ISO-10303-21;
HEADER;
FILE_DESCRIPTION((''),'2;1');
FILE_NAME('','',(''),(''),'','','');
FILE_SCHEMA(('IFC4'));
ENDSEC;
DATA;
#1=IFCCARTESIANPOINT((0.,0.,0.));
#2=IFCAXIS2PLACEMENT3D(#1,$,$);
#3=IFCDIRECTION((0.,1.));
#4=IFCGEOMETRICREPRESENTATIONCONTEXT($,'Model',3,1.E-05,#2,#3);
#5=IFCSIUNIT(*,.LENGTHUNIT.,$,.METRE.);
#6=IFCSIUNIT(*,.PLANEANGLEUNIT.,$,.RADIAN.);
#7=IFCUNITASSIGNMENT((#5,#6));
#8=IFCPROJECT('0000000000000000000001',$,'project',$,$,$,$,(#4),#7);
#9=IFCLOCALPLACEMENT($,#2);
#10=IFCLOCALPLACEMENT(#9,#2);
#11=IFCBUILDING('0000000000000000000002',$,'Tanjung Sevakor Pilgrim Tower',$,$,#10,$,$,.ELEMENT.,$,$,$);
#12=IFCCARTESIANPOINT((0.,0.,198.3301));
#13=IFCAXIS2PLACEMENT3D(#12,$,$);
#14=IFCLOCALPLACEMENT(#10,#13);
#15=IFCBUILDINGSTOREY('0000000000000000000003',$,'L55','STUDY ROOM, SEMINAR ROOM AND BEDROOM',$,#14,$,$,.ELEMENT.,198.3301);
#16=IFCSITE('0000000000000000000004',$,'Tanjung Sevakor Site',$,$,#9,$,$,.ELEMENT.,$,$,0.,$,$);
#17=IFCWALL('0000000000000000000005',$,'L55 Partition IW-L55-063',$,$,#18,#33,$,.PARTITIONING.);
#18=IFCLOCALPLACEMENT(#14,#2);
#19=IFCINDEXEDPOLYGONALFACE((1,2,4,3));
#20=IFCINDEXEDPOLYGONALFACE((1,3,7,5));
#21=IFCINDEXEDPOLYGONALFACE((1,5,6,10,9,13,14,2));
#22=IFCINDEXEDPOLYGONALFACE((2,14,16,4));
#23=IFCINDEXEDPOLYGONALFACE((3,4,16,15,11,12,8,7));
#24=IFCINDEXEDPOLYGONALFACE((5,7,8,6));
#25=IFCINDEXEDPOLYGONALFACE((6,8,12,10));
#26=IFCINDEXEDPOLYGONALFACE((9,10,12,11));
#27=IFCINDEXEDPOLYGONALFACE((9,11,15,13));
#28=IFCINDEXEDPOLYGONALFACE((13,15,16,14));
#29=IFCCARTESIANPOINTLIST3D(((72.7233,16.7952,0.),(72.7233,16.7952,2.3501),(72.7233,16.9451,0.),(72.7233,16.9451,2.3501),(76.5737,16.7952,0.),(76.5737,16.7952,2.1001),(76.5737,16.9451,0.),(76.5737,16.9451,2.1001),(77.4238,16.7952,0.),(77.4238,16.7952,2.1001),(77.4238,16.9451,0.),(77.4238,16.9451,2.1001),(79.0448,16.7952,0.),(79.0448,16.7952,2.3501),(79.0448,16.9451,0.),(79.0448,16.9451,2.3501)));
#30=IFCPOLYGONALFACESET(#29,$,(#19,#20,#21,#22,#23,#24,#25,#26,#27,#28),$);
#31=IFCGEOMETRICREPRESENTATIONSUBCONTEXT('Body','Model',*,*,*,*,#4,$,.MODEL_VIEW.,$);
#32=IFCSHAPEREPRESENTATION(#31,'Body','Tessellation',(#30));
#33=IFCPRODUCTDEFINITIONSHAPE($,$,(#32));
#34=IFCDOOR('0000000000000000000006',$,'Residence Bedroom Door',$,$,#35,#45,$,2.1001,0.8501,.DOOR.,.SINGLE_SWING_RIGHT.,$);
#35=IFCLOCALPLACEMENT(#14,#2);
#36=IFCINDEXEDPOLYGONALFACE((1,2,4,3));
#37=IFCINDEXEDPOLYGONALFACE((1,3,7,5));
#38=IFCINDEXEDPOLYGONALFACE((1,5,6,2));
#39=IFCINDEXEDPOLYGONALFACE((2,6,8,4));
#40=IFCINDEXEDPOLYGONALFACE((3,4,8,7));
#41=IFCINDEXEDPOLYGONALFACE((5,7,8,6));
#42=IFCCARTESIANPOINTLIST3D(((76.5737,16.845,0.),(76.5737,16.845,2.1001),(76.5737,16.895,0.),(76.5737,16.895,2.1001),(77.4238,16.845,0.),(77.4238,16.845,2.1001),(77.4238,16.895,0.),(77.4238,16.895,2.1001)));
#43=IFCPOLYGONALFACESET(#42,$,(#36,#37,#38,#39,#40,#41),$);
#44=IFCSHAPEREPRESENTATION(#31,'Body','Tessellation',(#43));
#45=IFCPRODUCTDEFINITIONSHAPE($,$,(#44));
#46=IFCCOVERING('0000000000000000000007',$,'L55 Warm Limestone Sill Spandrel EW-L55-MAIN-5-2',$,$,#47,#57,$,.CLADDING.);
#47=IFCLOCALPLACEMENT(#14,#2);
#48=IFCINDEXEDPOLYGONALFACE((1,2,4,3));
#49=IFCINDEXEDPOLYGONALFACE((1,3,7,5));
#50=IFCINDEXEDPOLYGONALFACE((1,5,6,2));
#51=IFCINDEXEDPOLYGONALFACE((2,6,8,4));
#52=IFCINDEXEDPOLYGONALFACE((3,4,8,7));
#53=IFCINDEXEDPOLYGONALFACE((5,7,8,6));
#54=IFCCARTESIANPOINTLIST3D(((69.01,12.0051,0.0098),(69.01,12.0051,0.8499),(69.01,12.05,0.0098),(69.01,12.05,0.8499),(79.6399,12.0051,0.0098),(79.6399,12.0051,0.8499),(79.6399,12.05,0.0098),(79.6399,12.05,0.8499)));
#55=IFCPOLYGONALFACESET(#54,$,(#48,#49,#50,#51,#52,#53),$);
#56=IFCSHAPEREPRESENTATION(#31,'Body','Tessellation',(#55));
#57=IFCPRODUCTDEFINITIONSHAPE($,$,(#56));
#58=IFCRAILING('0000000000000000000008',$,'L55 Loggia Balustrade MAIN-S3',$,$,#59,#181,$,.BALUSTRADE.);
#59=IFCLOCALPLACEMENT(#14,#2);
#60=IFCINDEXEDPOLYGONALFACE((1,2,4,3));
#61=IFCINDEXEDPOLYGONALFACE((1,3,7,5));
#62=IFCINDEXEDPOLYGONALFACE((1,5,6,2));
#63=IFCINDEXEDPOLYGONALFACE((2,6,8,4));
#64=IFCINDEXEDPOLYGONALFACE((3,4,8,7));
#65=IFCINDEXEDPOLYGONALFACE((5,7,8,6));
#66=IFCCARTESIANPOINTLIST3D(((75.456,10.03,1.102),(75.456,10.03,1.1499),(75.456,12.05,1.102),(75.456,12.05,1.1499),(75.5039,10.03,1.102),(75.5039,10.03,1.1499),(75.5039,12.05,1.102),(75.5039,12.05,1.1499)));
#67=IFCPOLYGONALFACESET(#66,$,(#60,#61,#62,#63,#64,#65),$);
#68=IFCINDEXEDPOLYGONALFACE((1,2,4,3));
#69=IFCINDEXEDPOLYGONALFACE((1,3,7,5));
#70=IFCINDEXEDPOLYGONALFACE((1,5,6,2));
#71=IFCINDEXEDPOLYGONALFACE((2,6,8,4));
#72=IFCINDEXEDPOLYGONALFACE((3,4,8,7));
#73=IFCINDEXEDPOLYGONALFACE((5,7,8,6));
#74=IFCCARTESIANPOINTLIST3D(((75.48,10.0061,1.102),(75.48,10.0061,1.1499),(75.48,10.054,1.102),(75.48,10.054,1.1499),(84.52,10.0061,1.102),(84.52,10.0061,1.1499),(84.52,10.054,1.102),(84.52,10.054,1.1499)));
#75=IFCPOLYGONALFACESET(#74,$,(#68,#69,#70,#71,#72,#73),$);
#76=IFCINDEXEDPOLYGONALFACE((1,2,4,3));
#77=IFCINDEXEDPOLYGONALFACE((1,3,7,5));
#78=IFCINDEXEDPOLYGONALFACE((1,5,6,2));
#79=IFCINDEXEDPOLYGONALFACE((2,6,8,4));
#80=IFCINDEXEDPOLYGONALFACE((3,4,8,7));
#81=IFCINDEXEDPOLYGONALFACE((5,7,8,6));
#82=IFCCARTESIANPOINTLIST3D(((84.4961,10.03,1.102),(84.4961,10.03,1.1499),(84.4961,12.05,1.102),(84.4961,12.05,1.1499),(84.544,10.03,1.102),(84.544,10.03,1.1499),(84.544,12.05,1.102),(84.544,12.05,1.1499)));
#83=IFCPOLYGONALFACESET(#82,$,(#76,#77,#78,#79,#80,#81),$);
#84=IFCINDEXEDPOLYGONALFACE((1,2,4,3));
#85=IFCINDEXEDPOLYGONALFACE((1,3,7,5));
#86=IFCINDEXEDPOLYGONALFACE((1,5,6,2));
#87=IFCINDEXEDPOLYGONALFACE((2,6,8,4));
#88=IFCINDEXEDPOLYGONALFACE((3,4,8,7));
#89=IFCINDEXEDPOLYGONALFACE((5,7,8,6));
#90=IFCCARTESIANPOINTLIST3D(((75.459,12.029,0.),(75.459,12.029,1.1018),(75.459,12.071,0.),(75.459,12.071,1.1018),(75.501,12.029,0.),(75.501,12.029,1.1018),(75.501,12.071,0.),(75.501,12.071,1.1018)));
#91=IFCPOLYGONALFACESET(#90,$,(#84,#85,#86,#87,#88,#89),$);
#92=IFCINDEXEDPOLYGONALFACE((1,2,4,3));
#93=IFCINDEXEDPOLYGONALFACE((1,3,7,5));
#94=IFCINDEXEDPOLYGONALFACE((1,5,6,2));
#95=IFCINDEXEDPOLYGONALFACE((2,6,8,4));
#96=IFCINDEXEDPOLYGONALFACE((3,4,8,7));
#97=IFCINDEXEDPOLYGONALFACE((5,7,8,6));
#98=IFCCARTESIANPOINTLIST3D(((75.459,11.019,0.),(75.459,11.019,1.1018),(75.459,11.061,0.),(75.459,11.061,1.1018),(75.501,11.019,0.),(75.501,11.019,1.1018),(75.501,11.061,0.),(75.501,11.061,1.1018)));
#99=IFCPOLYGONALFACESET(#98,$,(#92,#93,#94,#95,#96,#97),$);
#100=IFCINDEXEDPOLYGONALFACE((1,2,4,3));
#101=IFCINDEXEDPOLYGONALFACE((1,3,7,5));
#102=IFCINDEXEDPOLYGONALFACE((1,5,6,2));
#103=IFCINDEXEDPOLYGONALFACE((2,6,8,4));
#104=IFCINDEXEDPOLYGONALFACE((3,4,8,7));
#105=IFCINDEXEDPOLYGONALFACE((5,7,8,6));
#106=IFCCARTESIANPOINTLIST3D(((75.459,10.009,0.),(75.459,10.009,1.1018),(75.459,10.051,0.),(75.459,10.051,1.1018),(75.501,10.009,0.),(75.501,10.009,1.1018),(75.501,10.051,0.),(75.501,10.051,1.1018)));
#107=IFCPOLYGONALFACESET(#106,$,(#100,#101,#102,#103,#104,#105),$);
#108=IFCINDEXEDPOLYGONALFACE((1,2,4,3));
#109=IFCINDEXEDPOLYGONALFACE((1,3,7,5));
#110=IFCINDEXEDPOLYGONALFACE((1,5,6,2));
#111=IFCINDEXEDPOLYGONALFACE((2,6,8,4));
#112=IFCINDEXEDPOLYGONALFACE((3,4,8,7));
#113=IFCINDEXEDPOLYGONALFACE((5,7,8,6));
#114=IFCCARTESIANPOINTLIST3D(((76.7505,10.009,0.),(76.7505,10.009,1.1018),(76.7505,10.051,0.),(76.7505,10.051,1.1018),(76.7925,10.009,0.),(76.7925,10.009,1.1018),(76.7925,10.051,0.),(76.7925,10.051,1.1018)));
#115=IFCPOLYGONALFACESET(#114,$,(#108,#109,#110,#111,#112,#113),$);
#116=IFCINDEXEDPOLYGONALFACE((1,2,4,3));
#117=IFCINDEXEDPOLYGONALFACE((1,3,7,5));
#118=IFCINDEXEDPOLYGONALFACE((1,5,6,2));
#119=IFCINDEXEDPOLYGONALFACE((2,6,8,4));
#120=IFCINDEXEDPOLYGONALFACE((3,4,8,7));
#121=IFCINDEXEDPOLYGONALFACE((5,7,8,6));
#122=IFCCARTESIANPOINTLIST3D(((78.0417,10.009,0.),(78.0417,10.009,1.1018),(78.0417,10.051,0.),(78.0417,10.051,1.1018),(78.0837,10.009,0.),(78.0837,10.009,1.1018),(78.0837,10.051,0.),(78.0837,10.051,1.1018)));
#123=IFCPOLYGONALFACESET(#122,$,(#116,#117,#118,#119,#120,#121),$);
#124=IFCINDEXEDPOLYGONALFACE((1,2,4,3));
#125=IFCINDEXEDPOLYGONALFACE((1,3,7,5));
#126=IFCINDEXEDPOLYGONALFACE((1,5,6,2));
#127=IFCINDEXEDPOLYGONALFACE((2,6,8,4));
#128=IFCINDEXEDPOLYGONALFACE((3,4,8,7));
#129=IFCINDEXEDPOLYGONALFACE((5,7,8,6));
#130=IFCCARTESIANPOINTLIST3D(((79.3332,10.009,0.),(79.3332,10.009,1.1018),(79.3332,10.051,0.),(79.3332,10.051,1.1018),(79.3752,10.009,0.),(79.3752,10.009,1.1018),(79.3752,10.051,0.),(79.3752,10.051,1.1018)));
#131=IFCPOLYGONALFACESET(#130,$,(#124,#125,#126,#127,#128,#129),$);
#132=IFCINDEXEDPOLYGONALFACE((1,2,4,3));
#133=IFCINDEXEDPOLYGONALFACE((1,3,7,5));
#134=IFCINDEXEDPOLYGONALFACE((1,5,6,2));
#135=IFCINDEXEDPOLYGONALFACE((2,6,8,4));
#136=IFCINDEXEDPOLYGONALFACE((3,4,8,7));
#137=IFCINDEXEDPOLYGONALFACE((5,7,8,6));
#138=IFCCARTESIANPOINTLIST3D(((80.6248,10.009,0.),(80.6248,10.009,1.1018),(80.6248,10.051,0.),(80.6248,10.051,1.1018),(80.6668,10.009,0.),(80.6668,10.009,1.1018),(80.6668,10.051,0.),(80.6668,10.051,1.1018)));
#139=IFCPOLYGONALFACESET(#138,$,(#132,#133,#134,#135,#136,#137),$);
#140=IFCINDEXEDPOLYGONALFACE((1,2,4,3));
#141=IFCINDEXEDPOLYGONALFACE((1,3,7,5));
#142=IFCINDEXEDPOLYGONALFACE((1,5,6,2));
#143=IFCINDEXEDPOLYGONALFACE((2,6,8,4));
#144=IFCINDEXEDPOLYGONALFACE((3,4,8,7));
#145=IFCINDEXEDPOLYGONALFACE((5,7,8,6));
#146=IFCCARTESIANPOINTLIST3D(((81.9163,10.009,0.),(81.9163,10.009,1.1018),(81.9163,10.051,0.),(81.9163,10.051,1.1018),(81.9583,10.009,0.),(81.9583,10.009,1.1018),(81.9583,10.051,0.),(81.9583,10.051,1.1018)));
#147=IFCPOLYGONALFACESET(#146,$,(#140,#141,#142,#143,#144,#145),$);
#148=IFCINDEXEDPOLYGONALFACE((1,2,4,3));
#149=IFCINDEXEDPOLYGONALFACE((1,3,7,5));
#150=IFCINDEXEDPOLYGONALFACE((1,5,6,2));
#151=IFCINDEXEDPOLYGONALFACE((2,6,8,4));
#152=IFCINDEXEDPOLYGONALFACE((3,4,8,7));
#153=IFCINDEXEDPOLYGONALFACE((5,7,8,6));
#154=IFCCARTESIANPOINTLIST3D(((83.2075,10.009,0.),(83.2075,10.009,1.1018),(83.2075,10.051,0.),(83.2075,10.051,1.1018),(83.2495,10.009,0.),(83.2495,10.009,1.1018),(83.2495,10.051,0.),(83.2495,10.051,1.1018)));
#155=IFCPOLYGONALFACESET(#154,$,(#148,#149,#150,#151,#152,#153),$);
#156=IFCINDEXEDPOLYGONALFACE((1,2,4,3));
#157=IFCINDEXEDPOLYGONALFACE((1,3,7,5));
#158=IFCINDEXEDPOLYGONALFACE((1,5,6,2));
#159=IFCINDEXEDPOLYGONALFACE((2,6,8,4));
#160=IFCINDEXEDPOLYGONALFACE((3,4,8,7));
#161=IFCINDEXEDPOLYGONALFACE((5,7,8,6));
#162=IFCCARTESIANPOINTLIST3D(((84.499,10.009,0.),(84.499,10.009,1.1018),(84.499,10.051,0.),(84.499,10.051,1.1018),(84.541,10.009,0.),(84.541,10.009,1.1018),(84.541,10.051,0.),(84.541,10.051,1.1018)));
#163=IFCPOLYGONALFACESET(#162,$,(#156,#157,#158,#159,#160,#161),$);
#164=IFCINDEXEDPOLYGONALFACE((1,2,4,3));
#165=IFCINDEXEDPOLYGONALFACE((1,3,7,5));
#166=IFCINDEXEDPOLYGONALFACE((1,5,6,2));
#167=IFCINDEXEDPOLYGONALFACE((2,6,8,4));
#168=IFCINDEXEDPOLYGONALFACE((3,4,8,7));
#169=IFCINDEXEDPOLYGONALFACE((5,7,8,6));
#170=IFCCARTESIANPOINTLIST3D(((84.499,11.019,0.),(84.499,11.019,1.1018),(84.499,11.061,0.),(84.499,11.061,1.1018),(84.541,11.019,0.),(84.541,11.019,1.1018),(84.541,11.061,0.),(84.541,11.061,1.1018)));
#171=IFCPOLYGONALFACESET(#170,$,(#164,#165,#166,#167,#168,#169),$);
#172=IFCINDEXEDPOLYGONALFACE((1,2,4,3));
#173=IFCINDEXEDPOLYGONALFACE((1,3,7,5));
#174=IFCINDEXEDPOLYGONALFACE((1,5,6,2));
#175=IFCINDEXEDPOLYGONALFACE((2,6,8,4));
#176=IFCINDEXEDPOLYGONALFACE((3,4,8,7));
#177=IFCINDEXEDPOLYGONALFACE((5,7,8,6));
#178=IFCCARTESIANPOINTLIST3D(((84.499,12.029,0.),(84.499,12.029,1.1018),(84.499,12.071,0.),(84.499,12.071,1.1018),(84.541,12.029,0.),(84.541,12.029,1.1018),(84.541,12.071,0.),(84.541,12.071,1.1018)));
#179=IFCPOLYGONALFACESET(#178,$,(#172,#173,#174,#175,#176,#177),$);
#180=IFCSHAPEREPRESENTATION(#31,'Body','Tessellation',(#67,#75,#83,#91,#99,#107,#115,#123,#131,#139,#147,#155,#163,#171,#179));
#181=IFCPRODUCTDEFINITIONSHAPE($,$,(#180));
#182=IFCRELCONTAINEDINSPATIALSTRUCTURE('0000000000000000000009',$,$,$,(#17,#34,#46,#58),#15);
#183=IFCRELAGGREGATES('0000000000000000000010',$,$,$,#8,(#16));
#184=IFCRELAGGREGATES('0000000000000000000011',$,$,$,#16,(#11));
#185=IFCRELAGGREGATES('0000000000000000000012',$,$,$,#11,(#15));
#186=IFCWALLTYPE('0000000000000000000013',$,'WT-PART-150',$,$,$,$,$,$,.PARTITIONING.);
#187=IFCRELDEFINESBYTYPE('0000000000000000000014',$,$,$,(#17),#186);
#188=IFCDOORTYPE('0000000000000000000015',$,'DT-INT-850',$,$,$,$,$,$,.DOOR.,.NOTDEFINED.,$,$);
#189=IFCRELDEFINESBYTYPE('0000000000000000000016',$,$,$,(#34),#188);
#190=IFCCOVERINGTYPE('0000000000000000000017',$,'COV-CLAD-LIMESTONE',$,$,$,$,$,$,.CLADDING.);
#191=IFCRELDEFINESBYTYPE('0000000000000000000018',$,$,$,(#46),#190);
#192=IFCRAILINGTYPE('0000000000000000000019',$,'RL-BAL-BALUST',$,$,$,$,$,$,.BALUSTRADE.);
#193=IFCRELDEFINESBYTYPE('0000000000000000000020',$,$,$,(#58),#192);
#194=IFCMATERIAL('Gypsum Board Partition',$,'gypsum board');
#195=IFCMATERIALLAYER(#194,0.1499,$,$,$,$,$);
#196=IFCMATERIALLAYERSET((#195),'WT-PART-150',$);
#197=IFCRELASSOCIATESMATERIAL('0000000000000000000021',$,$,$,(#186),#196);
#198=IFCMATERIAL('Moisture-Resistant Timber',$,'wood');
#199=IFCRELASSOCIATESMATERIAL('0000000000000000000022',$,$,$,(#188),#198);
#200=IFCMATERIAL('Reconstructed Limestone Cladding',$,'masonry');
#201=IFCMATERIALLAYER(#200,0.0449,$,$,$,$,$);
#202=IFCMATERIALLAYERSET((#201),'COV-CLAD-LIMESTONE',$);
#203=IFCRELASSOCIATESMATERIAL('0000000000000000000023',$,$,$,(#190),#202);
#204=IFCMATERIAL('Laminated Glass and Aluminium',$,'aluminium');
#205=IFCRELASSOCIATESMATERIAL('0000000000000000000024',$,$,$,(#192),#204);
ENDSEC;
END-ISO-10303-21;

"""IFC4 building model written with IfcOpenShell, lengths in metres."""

from ifc_helpers import new_model, si_unit, direction, frame, frame_2d, origin, origin_2d, place, context, subcontext, project, spatial, rectangle, extrude, material, layer, layer_set, type_object, element, fill, save


model = new_model("IFC4")

# Units and contexts
model_context = context("Model", 3, precision=1e-05, world=origin(), true_north=direction((0.0, 1.0)))
body_context = subcontext(model_context, "Body", "Model", "MODEL_VIEW")
ifc_project = project(units=[si_unit("LENGTHUNIT", "METRE"), si_unit("PLANEANGLEUNIT", "RADIAN")], contexts=[model_context])

# Site, building, storey
site_placement = place(None, origin())
site = spatial("IfcSite", under=ifc_project, at=site_placement, Name="Tanjung Sevakor Site", CompositionType="ELEMENT", RefElevation=0.0)
building_placement = place(site_placement, origin())
building = spatial("IfcBuilding", under=site, at=building_placement, Name="Tanjung Sevakor Pilgrim Tower", CompositionType="ELEMENT")
storey_placement = place(building_placement, frame((0.0, 0.0, 198.3301)))
storey = spatial("IfcBuildingStorey", under=building, at=storey_placement, Name="L55", Description="STUDY ROOM, SEMINAR ROOM AND BEDROOM", CompositionType="ELEMENT", Elevation=198.3301)

# Shared definitions
ifc_material_1 = material(Name="Gypsum Board Partition", Category="gypsum board")
ifc_layer_1 = layer(ifc_material_1, 0.1499)
ifc_layer_set_1 = layer_set([ifc_layer_1], Name="WT-PART-150")
wall_type_1 = type_object("IfcWallType", Name="WT-PART-150", PredefinedType="PARTITIONING", material=ifc_layer_set_1)

# Shared definitions
ifc_material_2 = material(Name="Moisture-Resistant Timber", Category="wood")
door_type_1 = type_object("IfcDoorType", Name="DT-INT-850", OperationType="NOTDEFINED", PredefinedType="DOOR", material=ifc_material_2)

# Wall, opening, door
wall_1_placement = place(storey_placement, frame((72.7234, 16.8701, 0.0), z_axis=(0.0, 0.0, 1.0), x_axis=(1.0, 0.0, 0.0)))
wall_1 = element("IfcWall", 1, at=wall_1_placement, inside=storey, type_object=wall_type_1, Name="L55 Partition IW-L55-063", PredefinedType="PARTITIONING", context=body_context, shape_type="SweptSolid", body=[
    extrude(rectangle(XDim=6.3215, YDim=0.1499, at=frame_2d((3.1606, 0.0))), origin(), (0.0, 0.0, 1.0), 2.3501),
])
opening_1_placement = place(wall_1_placement, frame((3.8503, 0.0, 0.0)))
opening_1 = element("IfcOpeningElement", 2, at=opening_1_placement, cuts=wall_1, PredefinedType="OPENING", context=body_context, shape_type="SweptSolid", body=[
    extrude(rectangle(XDim=0.8501, YDim=2.1001, at=frame_2d((0.425, 1.05))), frame((0.0, 0.085, 0.0), z_axis=(0.0, -1.0, 0.0), x_axis=(1.0, 0.0, 0.0)), (0.0, 0.0, 1.0), 0.1699),
])
door_1_placement = place(opening_1_placement, origin())
door_1 = element("IfcDoor", 3, at=door_1_placement, inside=storey, type_object=door_type_1, Name="Residence Bedroom Door", OperationType="SINGLE_SWING_RIGHT", OverallHeight=2.1001, OverallWidth=0.8501, PredefinedType="DOOR", context=body_context, shape_type="SweptSolid", body=[
    extrude(rectangle(XDim=0.8501, YDim=2.1001, at=frame_2d((0.425, 1.05))), frame((0.0, 0.0249, 0.0), z_axis=(0.0, -1.0, 0.0), x_axis=(1.0, 0.0, 0.0)), (0.0, 0.0, 1.0), 0.05),
])
fill(opening_1, door_1)

# Covering
ifc_material_3 = material(Name="Reconstructed Limestone Cladding", Category="masonry")
ifc_layer_2 = layer(ifc_material_3, 0.0449)
ifc_layer_set_2 = layer_set([ifc_layer_2], Name="COV-CLAD-LIMESTONE")
covering_type = type_object("IfcCoveringType", Name="COV-CLAD-LIMESTONE", PredefinedType="CLADDING", material=ifc_layer_set_2)
covering_placement = place(storey_placement, frame((74.325, 12.0276, 0.0098), z_axis=(0.0, 0.0, 1.0), x_axis=(1.0, 0.0, 0.0)))
element("IfcCovering", 4, at=covering_placement, inside=storey, type_object=covering_type, Name="L55 Warm Limestone Sill Spandrel EW-L55-MAIN-5-2", PredefinedType="CLADDING", context=body_context, shape_type="SweptSolid", body=[
    extrude(rectangle(XDim=10.6299, YDim=0.0449, at=origin_2d()), origin(), (0.0, 0.0, 1.0), 0.8401),
])

# Railing
ifc_material_4 = material(Name="Laminated Glass and Aluminium", Category="aluminium")
railing_type = type_object("IfcRailingType", Name="RL-BAL-BALUST", PredefinedType="BALUSTRADE", material=ifc_material_4)
railing_placement = place(storey_placement, frame((75.48, 12.05, 0.0)))
element("IfcRailing", 5, at=railing_placement, inside=storey, type_object=railing_type, Name="L55 Loggia Balustrade MAIN-S3", PredefinedType="BALUSTRADE", context=body_context, shape_type="SweptSolid", body=[
    extrude(rectangle(XDim=0.0479, YDim=0.0479), frame((0.0, 0.0, 1.126), z_axis=(0.0, -1.0, 0.0), x_axis=(1.0, 0.0, 0.0)), (0.0, 0.0, 1.0), 2.02),
    extrude(rectangle(XDim=0.0479, YDim=0.0479), frame((0.0, -2.02, 1.126), z_axis=(1.0, 0.0, 0.0), x_axis=(0.0, 1.0, 0.0)), (0.0, 0.0, 1.0), 9.04),
    extrude(rectangle(XDim=0.0479, YDim=0.0479), frame((9.04, -2.02, 1.126), z_axis=(0.0, 1.0, 0.0), x_axis=(-1.0, 0.0, 0.0)), (0.0, 0.0, 1.0), 2.02),
    extrude(rectangle(XDim=0.042, YDim=0.042), origin(), (0.0, 0.0, 1.0), 1.1018),
    extrude(rectangle(XDim=0.042, YDim=0.042), frame((0.0, -1.01, 0.0)), (0.0, 0.0, 1.0), 1.1018),
    extrude(rectangle(XDim=0.042, YDim=0.042), frame((0.0, -2.02, 0.0)), (0.0, 0.0, 1.0), 1.1018),
    extrude(rectangle(XDim=0.042, YDim=0.042), frame((1.2915, -2.02, 0.0)), (0.0, 0.0, 1.0), 1.1018),
    extrude(rectangle(XDim=0.042, YDim=0.042), frame((2.5828, -2.02, 0.0)), (0.0, 0.0, 1.0), 1.1018),
    extrude(rectangle(XDim=0.042, YDim=0.042), frame((3.8743, -2.02, 0.0)), (0.0, 0.0, 1.0), 1.1018),
    extrude(rectangle(XDim=0.042, YDim=0.042), frame((5.1658, -2.02, 0.0)), (0.0, 0.0, 1.0), 1.1018),
    extrude(rectangle(XDim=0.042, YDim=0.042), frame((6.4573, -2.02, 0.0)), (0.0, 0.0, 1.0), 1.1018),
    extrude(rectangle(XDim=0.042, YDim=0.042), frame((7.7485, -2.02, 0.0)), (0.0, 0.0, 1.0), 1.1018),
    extrude(rectangle(XDim=0.042, YDim=0.042), frame((9.04, -2.02, 0.0)), (0.0, 0.0, 1.0), 1.1018),
    extrude(rectangle(XDim=0.042, YDim=0.042), frame((9.04, -1.01, 0.0)), (0.0, 0.0, 1.0), 1.1018),
    extrude(rectangle(XDim=0.042, YDim=0.042), frame((9.04, 0.0, 0.0)), (0.0, 0.0, 1.0), 1.1018),
])

save(model, "model.ifc")
